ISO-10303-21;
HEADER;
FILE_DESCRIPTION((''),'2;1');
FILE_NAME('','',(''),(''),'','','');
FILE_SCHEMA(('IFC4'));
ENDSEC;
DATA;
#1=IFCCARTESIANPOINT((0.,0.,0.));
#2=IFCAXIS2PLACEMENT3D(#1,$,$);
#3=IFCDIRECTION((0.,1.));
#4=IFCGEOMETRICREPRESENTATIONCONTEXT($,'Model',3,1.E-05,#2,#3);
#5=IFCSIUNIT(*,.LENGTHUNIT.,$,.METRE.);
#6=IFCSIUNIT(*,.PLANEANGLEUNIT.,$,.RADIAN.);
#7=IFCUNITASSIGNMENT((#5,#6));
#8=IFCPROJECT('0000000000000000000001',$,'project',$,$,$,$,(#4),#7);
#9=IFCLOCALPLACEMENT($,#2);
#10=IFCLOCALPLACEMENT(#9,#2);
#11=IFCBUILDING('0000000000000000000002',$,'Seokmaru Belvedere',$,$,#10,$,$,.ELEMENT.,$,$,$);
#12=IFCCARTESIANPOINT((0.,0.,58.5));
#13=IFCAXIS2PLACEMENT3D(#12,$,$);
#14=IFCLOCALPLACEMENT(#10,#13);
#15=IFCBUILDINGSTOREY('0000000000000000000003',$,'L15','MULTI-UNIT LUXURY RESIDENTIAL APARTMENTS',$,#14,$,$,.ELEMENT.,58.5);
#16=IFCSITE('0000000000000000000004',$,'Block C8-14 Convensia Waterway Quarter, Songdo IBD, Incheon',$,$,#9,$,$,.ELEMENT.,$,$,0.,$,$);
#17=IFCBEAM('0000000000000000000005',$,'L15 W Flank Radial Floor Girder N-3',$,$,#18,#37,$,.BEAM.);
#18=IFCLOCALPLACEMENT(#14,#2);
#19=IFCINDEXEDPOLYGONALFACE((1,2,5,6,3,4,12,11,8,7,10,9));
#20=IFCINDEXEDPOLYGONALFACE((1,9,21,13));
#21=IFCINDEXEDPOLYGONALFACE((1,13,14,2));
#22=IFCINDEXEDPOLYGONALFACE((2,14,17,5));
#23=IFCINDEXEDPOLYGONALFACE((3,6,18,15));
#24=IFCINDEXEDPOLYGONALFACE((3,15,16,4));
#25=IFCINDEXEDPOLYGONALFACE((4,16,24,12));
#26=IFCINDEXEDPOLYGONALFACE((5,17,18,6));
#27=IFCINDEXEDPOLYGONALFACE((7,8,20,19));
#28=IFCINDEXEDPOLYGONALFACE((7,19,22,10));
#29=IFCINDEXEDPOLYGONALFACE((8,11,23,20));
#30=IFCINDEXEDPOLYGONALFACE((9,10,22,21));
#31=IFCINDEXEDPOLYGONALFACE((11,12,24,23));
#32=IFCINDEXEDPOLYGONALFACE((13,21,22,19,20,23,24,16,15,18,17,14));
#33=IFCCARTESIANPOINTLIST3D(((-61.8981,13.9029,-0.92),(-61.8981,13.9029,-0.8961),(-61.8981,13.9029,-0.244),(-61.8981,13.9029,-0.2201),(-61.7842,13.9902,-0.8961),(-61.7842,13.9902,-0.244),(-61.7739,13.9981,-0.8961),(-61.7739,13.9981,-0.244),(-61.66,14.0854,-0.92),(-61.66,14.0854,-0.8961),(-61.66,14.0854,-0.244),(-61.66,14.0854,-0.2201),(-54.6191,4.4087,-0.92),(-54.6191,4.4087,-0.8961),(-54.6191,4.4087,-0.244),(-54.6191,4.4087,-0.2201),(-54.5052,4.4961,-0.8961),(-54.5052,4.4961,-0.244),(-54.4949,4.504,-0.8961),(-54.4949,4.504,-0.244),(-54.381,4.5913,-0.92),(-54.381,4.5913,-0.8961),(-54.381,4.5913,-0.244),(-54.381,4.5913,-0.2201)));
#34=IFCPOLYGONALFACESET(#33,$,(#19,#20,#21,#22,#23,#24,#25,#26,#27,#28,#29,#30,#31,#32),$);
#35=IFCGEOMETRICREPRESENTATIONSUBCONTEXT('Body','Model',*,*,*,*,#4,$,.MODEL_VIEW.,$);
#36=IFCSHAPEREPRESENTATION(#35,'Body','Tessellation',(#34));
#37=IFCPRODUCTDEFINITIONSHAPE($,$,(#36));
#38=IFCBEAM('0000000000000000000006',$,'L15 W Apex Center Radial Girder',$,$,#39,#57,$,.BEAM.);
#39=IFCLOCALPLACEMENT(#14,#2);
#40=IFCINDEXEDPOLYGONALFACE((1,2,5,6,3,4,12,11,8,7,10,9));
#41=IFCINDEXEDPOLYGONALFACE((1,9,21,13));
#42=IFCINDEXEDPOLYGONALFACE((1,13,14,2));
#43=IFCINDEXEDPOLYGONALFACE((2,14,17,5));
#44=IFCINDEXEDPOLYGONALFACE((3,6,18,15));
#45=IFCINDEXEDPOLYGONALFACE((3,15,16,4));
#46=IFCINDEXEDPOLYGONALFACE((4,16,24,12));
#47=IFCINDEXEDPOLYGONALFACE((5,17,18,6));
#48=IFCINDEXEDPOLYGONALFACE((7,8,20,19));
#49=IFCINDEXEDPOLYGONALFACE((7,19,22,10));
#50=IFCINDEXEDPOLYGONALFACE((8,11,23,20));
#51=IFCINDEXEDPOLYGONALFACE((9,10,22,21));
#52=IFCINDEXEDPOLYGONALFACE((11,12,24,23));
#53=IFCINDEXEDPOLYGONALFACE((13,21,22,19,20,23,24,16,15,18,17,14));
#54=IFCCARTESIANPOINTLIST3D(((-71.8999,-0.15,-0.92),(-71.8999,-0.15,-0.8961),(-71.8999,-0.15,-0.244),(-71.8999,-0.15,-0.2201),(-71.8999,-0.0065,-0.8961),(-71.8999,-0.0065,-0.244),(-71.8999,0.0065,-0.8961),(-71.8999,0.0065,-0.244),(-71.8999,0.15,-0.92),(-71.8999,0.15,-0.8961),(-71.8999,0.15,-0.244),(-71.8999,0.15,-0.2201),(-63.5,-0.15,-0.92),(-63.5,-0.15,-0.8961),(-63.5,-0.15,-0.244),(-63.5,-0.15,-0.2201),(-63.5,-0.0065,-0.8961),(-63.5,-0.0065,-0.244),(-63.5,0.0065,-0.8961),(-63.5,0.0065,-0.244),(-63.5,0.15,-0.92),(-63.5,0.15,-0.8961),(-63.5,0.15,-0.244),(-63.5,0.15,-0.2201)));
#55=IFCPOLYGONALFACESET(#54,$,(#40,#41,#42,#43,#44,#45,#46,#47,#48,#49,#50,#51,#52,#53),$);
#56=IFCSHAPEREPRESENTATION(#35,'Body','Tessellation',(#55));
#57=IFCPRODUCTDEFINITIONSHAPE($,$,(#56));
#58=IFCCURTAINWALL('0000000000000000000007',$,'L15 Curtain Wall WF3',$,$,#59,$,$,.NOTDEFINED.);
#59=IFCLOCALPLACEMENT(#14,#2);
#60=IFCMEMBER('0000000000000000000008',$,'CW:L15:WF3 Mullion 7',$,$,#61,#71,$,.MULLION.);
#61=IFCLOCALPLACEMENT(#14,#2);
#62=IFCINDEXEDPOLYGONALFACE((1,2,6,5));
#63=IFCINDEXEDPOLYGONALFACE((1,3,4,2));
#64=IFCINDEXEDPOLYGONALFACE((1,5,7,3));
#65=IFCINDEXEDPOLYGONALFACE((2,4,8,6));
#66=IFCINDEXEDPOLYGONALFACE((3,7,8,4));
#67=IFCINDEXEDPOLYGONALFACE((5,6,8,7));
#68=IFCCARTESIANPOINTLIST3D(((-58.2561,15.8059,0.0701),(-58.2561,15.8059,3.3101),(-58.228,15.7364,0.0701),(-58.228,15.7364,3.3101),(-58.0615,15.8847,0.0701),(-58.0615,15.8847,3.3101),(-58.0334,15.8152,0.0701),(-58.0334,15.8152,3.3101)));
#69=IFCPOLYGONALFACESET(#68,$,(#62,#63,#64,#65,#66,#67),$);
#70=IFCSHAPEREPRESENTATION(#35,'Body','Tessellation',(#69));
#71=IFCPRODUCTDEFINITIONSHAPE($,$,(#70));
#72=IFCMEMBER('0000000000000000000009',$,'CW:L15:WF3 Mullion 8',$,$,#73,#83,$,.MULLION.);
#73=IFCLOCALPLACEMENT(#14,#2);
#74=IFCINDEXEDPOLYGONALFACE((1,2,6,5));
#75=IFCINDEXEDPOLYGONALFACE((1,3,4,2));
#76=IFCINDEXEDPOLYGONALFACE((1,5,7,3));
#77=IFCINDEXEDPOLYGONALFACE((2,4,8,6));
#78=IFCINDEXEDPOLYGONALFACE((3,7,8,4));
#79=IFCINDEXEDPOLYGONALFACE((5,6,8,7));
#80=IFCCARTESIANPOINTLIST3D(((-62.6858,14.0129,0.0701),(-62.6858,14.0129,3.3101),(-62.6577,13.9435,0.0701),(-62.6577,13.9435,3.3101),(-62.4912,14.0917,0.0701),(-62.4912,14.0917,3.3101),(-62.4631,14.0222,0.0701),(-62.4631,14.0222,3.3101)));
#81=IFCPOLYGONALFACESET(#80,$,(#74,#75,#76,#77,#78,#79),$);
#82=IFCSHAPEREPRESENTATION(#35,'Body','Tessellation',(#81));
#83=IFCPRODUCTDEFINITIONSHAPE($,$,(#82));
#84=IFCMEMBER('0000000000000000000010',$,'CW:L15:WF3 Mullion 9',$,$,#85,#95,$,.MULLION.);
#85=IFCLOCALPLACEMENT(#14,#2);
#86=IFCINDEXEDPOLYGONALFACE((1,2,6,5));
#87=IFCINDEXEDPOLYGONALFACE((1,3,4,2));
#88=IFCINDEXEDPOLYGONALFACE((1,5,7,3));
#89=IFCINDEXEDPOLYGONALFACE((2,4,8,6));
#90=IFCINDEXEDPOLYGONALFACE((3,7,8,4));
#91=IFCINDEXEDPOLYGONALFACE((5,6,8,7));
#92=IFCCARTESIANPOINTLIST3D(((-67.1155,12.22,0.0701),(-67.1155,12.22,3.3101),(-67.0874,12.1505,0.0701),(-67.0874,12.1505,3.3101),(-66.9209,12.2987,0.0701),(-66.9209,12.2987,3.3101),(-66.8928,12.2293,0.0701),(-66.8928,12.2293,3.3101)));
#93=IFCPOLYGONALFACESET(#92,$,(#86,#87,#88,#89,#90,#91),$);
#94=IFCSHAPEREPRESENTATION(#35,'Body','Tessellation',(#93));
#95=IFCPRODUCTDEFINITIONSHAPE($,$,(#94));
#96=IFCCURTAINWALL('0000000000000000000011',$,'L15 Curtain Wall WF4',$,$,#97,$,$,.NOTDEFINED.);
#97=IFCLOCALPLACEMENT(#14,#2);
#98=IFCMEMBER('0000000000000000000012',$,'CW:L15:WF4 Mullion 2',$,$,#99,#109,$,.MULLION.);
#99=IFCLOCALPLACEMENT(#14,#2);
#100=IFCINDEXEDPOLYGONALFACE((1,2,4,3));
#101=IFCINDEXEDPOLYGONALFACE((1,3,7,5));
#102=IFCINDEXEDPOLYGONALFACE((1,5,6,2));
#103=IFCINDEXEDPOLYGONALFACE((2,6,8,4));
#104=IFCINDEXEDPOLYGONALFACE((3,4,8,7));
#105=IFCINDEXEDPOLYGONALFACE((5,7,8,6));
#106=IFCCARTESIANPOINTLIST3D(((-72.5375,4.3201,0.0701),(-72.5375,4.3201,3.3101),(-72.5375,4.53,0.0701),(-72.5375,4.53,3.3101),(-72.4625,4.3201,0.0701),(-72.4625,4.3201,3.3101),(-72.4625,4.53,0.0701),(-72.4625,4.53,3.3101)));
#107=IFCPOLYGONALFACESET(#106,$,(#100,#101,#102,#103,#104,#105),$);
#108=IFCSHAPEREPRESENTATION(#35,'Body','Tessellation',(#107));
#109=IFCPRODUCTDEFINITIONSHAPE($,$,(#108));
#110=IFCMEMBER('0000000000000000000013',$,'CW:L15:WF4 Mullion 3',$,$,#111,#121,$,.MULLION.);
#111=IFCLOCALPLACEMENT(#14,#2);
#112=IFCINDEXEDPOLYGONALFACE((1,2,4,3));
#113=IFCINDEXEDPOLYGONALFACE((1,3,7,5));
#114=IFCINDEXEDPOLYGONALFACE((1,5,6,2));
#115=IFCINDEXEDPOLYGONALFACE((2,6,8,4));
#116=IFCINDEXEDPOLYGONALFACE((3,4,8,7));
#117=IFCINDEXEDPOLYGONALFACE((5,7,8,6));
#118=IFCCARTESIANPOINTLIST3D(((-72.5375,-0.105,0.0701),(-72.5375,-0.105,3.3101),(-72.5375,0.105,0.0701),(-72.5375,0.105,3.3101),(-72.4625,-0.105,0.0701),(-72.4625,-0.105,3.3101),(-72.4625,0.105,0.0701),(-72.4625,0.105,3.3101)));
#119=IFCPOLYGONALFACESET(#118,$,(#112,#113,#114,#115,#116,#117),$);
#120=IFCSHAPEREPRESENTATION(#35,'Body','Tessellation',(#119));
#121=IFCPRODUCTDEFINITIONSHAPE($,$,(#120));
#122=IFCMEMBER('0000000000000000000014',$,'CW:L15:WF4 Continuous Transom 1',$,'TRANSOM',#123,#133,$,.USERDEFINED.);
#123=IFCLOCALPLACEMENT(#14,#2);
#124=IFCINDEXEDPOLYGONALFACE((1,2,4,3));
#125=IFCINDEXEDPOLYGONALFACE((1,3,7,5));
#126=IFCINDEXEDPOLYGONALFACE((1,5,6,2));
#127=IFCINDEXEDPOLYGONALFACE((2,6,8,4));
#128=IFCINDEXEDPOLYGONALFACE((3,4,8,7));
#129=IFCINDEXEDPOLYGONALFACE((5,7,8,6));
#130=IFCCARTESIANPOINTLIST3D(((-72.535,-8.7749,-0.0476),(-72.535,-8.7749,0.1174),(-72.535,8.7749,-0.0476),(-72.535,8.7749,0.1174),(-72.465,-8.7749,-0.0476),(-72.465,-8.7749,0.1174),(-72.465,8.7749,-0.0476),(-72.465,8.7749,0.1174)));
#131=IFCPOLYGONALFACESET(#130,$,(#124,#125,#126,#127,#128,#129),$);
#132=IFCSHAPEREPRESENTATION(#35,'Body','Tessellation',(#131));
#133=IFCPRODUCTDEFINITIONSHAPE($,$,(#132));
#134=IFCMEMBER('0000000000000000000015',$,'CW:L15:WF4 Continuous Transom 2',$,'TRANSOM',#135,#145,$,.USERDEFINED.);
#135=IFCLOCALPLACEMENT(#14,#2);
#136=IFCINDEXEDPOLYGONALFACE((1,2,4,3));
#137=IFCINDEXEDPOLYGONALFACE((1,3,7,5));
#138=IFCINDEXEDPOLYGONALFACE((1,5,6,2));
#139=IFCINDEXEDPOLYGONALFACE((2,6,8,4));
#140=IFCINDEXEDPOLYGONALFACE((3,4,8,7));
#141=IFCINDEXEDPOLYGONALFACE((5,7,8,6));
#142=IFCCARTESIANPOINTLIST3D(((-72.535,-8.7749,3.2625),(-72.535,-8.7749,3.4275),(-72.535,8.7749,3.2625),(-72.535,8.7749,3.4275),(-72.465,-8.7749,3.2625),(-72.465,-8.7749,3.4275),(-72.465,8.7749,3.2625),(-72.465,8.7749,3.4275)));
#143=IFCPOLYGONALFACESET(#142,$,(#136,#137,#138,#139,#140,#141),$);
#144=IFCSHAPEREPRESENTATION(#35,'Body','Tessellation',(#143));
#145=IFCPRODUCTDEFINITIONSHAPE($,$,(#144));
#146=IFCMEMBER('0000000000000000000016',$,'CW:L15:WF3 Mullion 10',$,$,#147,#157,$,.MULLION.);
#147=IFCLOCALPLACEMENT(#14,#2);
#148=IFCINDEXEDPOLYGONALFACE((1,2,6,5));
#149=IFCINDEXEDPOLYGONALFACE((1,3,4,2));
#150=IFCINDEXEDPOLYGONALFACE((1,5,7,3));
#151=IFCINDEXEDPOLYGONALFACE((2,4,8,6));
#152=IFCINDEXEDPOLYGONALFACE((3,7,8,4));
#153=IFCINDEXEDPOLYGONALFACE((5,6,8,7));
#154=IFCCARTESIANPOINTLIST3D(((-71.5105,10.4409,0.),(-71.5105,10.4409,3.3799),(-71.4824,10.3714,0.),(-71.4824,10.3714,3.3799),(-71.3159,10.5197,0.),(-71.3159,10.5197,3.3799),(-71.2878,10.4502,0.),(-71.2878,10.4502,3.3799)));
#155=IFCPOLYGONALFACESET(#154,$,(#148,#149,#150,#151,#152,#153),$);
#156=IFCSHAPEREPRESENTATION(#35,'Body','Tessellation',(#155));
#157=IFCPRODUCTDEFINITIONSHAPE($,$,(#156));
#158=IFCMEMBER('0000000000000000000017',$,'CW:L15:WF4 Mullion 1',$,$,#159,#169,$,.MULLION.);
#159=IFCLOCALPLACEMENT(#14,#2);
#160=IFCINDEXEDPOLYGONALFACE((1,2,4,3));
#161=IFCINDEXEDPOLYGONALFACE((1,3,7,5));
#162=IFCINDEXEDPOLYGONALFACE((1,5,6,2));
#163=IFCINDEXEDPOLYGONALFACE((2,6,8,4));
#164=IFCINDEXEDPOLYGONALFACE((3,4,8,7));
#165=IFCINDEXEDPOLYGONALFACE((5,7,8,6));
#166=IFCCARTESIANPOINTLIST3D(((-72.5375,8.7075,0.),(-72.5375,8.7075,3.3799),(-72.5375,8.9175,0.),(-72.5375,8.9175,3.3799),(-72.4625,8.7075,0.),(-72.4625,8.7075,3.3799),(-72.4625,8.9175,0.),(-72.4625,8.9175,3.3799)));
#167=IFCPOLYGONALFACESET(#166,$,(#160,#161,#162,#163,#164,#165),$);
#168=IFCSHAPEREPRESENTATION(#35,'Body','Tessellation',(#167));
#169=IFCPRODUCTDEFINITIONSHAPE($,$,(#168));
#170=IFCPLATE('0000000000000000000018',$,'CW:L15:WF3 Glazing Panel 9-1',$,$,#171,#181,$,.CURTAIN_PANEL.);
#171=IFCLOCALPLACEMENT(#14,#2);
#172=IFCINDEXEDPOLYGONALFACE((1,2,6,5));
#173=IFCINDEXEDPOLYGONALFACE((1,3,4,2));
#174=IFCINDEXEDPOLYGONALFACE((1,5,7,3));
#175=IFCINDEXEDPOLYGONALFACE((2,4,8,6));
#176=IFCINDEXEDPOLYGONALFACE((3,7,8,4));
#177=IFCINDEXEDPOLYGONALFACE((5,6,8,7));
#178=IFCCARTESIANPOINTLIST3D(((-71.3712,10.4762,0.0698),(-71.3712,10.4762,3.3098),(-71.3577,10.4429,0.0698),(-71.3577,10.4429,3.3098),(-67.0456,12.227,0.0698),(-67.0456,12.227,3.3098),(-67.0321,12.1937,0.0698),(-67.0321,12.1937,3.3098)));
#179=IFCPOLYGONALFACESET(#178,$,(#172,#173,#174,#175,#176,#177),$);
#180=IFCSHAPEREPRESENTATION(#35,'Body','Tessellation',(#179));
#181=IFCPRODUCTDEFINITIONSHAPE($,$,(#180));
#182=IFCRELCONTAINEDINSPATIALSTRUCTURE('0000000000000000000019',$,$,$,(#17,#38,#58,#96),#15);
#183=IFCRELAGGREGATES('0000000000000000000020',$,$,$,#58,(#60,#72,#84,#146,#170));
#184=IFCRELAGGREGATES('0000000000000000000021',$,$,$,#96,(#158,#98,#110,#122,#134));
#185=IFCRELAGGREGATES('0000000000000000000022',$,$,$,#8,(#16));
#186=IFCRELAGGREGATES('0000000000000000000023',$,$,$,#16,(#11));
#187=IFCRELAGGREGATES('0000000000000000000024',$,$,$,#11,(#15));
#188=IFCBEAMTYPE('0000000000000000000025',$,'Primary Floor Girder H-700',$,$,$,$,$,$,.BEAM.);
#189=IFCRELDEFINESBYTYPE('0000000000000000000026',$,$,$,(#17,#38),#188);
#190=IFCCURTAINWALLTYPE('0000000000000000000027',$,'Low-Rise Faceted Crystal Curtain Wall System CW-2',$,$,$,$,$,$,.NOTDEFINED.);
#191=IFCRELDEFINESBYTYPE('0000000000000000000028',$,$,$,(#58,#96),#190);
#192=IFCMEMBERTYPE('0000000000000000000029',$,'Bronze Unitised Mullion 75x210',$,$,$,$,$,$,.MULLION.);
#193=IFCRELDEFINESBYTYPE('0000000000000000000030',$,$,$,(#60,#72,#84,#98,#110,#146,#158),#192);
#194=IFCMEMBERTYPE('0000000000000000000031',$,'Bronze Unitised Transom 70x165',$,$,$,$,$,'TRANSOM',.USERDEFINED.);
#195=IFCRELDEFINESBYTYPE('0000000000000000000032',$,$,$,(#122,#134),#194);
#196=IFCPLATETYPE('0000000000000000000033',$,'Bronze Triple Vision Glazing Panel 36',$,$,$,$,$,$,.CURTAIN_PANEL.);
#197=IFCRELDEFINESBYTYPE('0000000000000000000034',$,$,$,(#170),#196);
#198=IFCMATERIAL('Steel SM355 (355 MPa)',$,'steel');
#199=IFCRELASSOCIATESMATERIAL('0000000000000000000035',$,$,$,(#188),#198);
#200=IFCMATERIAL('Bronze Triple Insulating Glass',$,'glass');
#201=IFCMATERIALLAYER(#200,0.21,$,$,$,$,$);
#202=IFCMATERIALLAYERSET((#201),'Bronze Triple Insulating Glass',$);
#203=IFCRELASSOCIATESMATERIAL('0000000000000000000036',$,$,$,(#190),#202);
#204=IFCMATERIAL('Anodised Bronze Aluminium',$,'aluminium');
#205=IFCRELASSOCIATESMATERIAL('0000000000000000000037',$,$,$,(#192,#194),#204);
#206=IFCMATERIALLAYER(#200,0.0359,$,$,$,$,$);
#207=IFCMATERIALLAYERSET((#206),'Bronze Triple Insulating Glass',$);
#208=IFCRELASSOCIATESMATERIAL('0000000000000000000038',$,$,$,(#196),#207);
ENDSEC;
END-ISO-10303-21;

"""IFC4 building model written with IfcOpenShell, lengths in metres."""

from ifc_helpers import new_model, si_unit, direction, frame, origin, origin_2d, place, context, subcontext, project, spatial, rectangle, i_section, extrude, source, transform, mapped, material, layer, layer_set, material_profile, profile_set, type_object, type_shapes, element, aggregate, save


model = new_model("IFC4")

# Units and contexts
model_context = context("Model", 3, precision=1e-05, world=origin(), true_north=direction((0.0, 1.0)))
body_context = subcontext(model_context, "Body", "Model", "MODEL_VIEW")
ifc_project = project(units=[si_unit("LENGTHUNIT", "METRE"), si_unit("PLANEANGLEUNIT", "RADIAN")], contexts=[model_context])

# Site, building, storey
site_placement = place(None, origin())
site = spatial("IfcSite", under=ifc_project, at=site_placement, Name="Block C8-14 Convensia Waterway Quarter, Songdo IBD, Incheon", CompositionType="ELEMENT", RefElevation=0.0)
building_placement = place(site_placement, origin())
building = spatial("IfcBuilding", under=site, at=building_placement, Name="Seokmaru Belvedere", CompositionType="ELEMENT")
storey_placement = place(building_placement, frame((0.0, 0.0, 58.5)))
storey = spatial("IfcBuildingStorey", under=building, at=storey_placement, Name="L15", Description="MULTI-UNIT LUXURY RESIDENTIAL APARTMENTS", CompositionType="ELEMENT", Elevation=58.5)

# Shared definitions
ifc_material_1 = material(Name="Steel SM355 (355 MPa)", Category="steel")

# Beams
ifc_material_profile_1 = material_profile(ifc_material_1, i_section(OverallWidth=0.3, OverallDepth=0.7, WebThickness=0.0129, FlangeThickness=0.0239, at=origin_2d()), Name="H-700x300x13x24")
ifc_profile_set_1 = profile_set([ifc_material_profile_1], Name="Steel SM355 (355 MPa)")
beam_type_1 = type_object("IfcBeamType", Name="Primary Floor Girder H-700", PredefinedType="BEAM", material=ifc_profile_set_1)
shared_shape_1 = source(origin(), body_context, "Body", "SweptSolid", [
    extrude(i_section(OverallWidth=0.3, OverallDepth=0.7, WebThickness=0.0129, FlangeThickness=0.0239, at=origin_2d()), origin(), (0.0, 0.0, 1.0), 11.9634),
])
beam_1_placement = place(storey_placement, frame((-61.7791, 13.9941, -0.5701), z_axis=(0.608443, -0.793598, 0.0), x_axis=(0.793598, 0.608443, 0.0)))
element("IfcBeam", 1, at=beam_1_placement, inside=storey, type_object=beam_type_1, Name="L15 W Flank Radial Floor Girder N-3", PredefinedType="BEAM", context=body_context, shape_type="MappedRepresentation", body=[
    mapped(shared_shape_1, transform((0.0, 0.0, 0.0), scale=1.0)),
])
shared_shape_2 = source(origin(), body_context, "Body", "SweptSolid", [
    extrude(i_section(OverallWidth=0.3, OverallDepth=0.7, WebThickness=0.0129, FlangeThickness=0.0239, at=origin_2d()), origin(), (0.0, 0.0, 1.0), 8.3999),
])
beam_2_placement = place(storey_placement, frame((-71.8999, 0.0, -0.5701), z_axis=(1.0, 0.0, 0.0), x_axis=(0.0, 1.0, 0.0)))
element("IfcBeam", 2, at=beam_2_placement, inside=storey, type_object=beam_type_1, Name="L15 W Apex Center Radial Girder", PredefinedType="BEAM", context=body_context, shape_type="MappedRepresentation", body=[
    mapped(shared_shape_2, transform((0.0, 0.0, 0.0), scale=1.0)),
])

# Curtain walls, members
ifc_material_2 = material(Name="Bronze Triple Insulating Glass", Category="glass")
ifc_layer_1 = layer(ifc_material_2, 0.21)
ifc_layer_set_1 = layer_set([ifc_layer_1], Name="Bronze Triple Insulating Glass")
curtain_wall_type = type_object("IfcCurtainWallType", Name="Low-Rise Faceted Crystal Curtain Wall System CW-2", PredefinedType="NOTDEFINED", material=ifc_layer_set_1)
curtain_wall_1_placement = place(storey_placement, origin())
curtain_wall_1 = element("IfcCurtainWall", 3, at=curtain_wall_1_placement, inside=storey, type_object=curtain_wall_type, Name="L15 Curtain Wall WF3", PredefinedType="NOTDEFINED")
ifc_material_3 = material(Name="Anodised Bronze Aluminium", Category="aluminium")
ifc_material_profile_2 = material_profile(ifc_material_3, rectangle(XDim=0.075, YDim=0.21, at=origin_2d()), Name="CW-M-75x210")
ifc_profile_set_2 = profile_set([ifc_material_profile_2], Name="Anodised Bronze Aluminium")
member_type_1 = type_object("IfcMemberType", Name="Bronze Unitised Mullion 75x210", PredefinedType="MULLION", material=ifc_profile_set_2)
shared_shape_3 = source(origin(), body_context, "Body", "SweptSolid", [
    extrude(rectangle(XDim=0.075, YDim=0.21, at=origin_2d()), origin(), (0.0, 0.0, 1.0), 3.24),
])
member_1_placement = place(storey_placement, frame((-58.1448, 15.8105, 0.0701), z_axis=(0.0, 0.0, 1.0), x_axis=(0.375192, -0.926947, 0.0)))
member_1 = element("IfcMember", 4, at=member_1_placement, type_object=member_type_1, Name="CW:L15:WF3 Mullion 7", PredefinedType="MULLION", context=body_context, shape_type="MappedRepresentation", body=[
    mapped(shared_shape_3, transform((0.0, 0.0, 0.0), scale=1.0)),
])
member_2_placement = place(storey_placement, frame((-62.5745, 14.0176, 0.0701), z_axis=(0.0, 0.0, 1.0), x_axis=(0.375192, -0.926947, 0.0)))
member_2 = element("IfcMember", 5, at=member_2_placement, type_object=member_type_1, Name="CW:L15:WF3 Mullion 8", PredefinedType="MULLION", context=body_context, shape_type="MappedRepresentation", body=[
    mapped(shared_shape_3, transform((0.0, 0.0, 0.0), scale=1.0)),
])
member_3_placement = place(storey_placement, frame((-67.0042, 12.2246, 0.0701), z_axis=(0.0, 0.0, 1.0), x_axis=(0.375192, -0.926947, 0.0)))
member_3 = element("IfcMember", 6, at=member_3_placement, type_object=member_type_1, Name="CW:L15:WF3 Mullion 9", PredefinedType="MULLION", context=body_context, shape_type="MappedRepresentation", body=[
    mapped(shared_shape_3, transform((0.0, 0.0, 0.0), scale=1.0)),
])
curtain_wall_2_placement = place(storey_placement, origin())
curtain_wall_2 = element("IfcCurtainWall", 7, at=curtain_wall_2_placement, inside=storey, type_object=curtain_wall_type, Name="L15 Curtain Wall WF4", PredefinedType="NOTDEFINED")
member_4_placement = place(storey_placement, frame((-72.5, 4.425, 0.0701), z_axis=(0.0, 0.0, 1.0), x_axis=(1.0, 0.0, 0.0)))
member_4 = element("IfcMember", 8, at=member_4_placement, type_object=member_type_1, Name="CW:L15:WF4 Mullion 2", PredefinedType="MULLION", context=body_context, shape_type="MappedRepresentation", body=[
    mapped(shared_shape_3, transform((0.0, 0.0, 0.0), scale=1.0)),
])
member_5_placement = place(storey_placement, frame((-72.5, 0.0, 0.0701), z_axis=(0.0, 0.0, 1.0), x_axis=(1.0, 0.0, 0.0)))
member_5 = element("IfcMember", 9, at=member_5_placement, type_object=member_type_1, Name="CW:L15:WF4 Mullion 3", PredefinedType="MULLION", context=body_context, shape_type="MappedRepresentation", body=[
    mapped(shared_shape_3, transform((0.0, 0.0, 0.0), scale=1.0)),
])
ifc_material_profile_3 = material_profile(ifc_material_3, rectangle(XDim=0.0701, YDim=0.165, at=origin_2d()), Name="CW-T-70x165")
ifc_profile_set_3 = profile_set([ifc_material_profile_3], Name="Anodised Bronze Aluminium")
member_type_2 = type_object("IfcMemberType", Name="Bronze Unitised Transom 70x165", ElementType="TRANSOM", PredefinedType="USERDEFINED", material=ifc_profile_set_3)
shared_shape_4 = source(origin(), body_context, "Body", "SweptSolid", [
    extrude(rectangle(XDim=0.0701, YDim=0.165, at=origin_2d()), origin(), (0.0, 0.0, 1.0), 17.5498),
])
type_shapes(member_type_2, [shared_shape_4])
member_6_placement = place(storey_placement, frame((-72.5, 8.7749, 0.0349), z_axis=(0.0, -1.0, 0.0), x_axis=(1.0, 0.0, 0.0)))
member_6 = element("IfcMember", 10, at=member_6_placement, type_object=member_type_2, Name="CW:L15:WF4 Continuous Transom 1", ObjectType="TRANSOM", PredefinedType="USERDEFINED", context=body_context, shape_type="MappedRepresentation", body=[
    mapped(shared_shape_4, transform((0.0, 0.0, 0.0), scale=1.0)),
])
member_7_placement = place(storey_placement, frame((-72.5, 8.7749, 3.345), z_axis=(0.0, -1.0, 0.0), x_axis=(1.0, 0.0, 0.0)))
member_7 = element("IfcMember", 11, at=member_7_placement, type_object=member_type_2, Name="CW:L15:WF4 Continuous Transom 2", ObjectType="TRANSOM", PredefinedType="USERDEFINED", context=body_context, shape_type="MappedRepresentation", body=[
    mapped(shared_shape_4, transform((0.0, 0.0, 0.0), scale=1.0)),
])

# Members
shared_shape_5 = source(origin(), body_context, "Body", "SweptSolid", [
    extrude(rectangle(XDim=0.075, YDim=0.21, at=origin_2d()), origin(), (0.0, 0.0, 1.0), 3.3799),
])
type_shapes(member_type_1, [shared_shape_3, shared_shape_5])
member_8_placement = place(storey_placement, frame((-71.3992, 10.4456, 0.0), z_axis=(0.0, 0.0, 1.0), x_axis=(0.375192, -0.926947, 0.0)))
member_8 = element("IfcMember", 12, at=member_8_placement, type_object=member_type_1, Name="CW:L15:WF3 Mullion 10", PredefinedType="MULLION", context=body_context, shape_type="MappedRepresentation", body=[
    mapped(shared_shape_5, transform((0.0, 0.0, 0.0), scale=1.0)),
])
member_9_placement = place(storey_placement, frame((-72.5, 8.8125, 0.0), z_axis=(0.0, 0.0, 1.0), x_axis=(1.0, 0.0, 0.0)))
member_9 = element("IfcMember", 13, at=member_9_placement, type_object=member_type_1, Name="CW:L15:WF4 Mullion 1", PredefinedType="MULLION", context=body_context, shape_type="MappedRepresentation", body=[
    mapped(shared_shape_5, transform((0.0, 0.0, 0.0), scale=1.0)),
])

# Plate
ifc_layer_2 = layer(ifc_material_2, 0.0359)
ifc_layer_set_2 = layer_set([ifc_layer_2], Name="Bronze Triple Insulating Glass")
plate_type = type_object("IfcPlateType", Name="Bronze Triple Vision Glazing Panel 36", PredefinedType="CURTAIN_PANEL", material=ifc_layer_set_2)
shared_shape_6 = source(origin(), body_context, "Body", "SweptSolid", [
    extrude(rectangle(XDim=4.6665, YDim=0.0359, at=origin_2d()), origin(), (0.0, 0.0, 1.0), 3.24),
])
plate_1_placement = place(storey_placement, frame((-69.2017, 11.335, 0.0698), z_axis=(0.0, 0.0, 1.0), x_axis=(-0.926947, -0.375192, 0.0)))
plate_1 = element("IfcPlate", 14, at=plate_1_placement, type_object=plate_type, Name="CW:L15:WF3 Glazing Panel 9-1", PredefinedType="CURTAIN_PANEL", context=body_context, shape_type="MappedRepresentation", body=[
    mapped(shared_shape_6, transform((0.0, 0.0, 0.0), scale=1.0)),
])
aggregate(curtain_wall_1, [member_1, member_2, member_3, member_8, plate_1])
aggregate(curtain_wall_2, [member_9, member_4, member_5, member_6, member_7])

save(model, "model.ifc")
